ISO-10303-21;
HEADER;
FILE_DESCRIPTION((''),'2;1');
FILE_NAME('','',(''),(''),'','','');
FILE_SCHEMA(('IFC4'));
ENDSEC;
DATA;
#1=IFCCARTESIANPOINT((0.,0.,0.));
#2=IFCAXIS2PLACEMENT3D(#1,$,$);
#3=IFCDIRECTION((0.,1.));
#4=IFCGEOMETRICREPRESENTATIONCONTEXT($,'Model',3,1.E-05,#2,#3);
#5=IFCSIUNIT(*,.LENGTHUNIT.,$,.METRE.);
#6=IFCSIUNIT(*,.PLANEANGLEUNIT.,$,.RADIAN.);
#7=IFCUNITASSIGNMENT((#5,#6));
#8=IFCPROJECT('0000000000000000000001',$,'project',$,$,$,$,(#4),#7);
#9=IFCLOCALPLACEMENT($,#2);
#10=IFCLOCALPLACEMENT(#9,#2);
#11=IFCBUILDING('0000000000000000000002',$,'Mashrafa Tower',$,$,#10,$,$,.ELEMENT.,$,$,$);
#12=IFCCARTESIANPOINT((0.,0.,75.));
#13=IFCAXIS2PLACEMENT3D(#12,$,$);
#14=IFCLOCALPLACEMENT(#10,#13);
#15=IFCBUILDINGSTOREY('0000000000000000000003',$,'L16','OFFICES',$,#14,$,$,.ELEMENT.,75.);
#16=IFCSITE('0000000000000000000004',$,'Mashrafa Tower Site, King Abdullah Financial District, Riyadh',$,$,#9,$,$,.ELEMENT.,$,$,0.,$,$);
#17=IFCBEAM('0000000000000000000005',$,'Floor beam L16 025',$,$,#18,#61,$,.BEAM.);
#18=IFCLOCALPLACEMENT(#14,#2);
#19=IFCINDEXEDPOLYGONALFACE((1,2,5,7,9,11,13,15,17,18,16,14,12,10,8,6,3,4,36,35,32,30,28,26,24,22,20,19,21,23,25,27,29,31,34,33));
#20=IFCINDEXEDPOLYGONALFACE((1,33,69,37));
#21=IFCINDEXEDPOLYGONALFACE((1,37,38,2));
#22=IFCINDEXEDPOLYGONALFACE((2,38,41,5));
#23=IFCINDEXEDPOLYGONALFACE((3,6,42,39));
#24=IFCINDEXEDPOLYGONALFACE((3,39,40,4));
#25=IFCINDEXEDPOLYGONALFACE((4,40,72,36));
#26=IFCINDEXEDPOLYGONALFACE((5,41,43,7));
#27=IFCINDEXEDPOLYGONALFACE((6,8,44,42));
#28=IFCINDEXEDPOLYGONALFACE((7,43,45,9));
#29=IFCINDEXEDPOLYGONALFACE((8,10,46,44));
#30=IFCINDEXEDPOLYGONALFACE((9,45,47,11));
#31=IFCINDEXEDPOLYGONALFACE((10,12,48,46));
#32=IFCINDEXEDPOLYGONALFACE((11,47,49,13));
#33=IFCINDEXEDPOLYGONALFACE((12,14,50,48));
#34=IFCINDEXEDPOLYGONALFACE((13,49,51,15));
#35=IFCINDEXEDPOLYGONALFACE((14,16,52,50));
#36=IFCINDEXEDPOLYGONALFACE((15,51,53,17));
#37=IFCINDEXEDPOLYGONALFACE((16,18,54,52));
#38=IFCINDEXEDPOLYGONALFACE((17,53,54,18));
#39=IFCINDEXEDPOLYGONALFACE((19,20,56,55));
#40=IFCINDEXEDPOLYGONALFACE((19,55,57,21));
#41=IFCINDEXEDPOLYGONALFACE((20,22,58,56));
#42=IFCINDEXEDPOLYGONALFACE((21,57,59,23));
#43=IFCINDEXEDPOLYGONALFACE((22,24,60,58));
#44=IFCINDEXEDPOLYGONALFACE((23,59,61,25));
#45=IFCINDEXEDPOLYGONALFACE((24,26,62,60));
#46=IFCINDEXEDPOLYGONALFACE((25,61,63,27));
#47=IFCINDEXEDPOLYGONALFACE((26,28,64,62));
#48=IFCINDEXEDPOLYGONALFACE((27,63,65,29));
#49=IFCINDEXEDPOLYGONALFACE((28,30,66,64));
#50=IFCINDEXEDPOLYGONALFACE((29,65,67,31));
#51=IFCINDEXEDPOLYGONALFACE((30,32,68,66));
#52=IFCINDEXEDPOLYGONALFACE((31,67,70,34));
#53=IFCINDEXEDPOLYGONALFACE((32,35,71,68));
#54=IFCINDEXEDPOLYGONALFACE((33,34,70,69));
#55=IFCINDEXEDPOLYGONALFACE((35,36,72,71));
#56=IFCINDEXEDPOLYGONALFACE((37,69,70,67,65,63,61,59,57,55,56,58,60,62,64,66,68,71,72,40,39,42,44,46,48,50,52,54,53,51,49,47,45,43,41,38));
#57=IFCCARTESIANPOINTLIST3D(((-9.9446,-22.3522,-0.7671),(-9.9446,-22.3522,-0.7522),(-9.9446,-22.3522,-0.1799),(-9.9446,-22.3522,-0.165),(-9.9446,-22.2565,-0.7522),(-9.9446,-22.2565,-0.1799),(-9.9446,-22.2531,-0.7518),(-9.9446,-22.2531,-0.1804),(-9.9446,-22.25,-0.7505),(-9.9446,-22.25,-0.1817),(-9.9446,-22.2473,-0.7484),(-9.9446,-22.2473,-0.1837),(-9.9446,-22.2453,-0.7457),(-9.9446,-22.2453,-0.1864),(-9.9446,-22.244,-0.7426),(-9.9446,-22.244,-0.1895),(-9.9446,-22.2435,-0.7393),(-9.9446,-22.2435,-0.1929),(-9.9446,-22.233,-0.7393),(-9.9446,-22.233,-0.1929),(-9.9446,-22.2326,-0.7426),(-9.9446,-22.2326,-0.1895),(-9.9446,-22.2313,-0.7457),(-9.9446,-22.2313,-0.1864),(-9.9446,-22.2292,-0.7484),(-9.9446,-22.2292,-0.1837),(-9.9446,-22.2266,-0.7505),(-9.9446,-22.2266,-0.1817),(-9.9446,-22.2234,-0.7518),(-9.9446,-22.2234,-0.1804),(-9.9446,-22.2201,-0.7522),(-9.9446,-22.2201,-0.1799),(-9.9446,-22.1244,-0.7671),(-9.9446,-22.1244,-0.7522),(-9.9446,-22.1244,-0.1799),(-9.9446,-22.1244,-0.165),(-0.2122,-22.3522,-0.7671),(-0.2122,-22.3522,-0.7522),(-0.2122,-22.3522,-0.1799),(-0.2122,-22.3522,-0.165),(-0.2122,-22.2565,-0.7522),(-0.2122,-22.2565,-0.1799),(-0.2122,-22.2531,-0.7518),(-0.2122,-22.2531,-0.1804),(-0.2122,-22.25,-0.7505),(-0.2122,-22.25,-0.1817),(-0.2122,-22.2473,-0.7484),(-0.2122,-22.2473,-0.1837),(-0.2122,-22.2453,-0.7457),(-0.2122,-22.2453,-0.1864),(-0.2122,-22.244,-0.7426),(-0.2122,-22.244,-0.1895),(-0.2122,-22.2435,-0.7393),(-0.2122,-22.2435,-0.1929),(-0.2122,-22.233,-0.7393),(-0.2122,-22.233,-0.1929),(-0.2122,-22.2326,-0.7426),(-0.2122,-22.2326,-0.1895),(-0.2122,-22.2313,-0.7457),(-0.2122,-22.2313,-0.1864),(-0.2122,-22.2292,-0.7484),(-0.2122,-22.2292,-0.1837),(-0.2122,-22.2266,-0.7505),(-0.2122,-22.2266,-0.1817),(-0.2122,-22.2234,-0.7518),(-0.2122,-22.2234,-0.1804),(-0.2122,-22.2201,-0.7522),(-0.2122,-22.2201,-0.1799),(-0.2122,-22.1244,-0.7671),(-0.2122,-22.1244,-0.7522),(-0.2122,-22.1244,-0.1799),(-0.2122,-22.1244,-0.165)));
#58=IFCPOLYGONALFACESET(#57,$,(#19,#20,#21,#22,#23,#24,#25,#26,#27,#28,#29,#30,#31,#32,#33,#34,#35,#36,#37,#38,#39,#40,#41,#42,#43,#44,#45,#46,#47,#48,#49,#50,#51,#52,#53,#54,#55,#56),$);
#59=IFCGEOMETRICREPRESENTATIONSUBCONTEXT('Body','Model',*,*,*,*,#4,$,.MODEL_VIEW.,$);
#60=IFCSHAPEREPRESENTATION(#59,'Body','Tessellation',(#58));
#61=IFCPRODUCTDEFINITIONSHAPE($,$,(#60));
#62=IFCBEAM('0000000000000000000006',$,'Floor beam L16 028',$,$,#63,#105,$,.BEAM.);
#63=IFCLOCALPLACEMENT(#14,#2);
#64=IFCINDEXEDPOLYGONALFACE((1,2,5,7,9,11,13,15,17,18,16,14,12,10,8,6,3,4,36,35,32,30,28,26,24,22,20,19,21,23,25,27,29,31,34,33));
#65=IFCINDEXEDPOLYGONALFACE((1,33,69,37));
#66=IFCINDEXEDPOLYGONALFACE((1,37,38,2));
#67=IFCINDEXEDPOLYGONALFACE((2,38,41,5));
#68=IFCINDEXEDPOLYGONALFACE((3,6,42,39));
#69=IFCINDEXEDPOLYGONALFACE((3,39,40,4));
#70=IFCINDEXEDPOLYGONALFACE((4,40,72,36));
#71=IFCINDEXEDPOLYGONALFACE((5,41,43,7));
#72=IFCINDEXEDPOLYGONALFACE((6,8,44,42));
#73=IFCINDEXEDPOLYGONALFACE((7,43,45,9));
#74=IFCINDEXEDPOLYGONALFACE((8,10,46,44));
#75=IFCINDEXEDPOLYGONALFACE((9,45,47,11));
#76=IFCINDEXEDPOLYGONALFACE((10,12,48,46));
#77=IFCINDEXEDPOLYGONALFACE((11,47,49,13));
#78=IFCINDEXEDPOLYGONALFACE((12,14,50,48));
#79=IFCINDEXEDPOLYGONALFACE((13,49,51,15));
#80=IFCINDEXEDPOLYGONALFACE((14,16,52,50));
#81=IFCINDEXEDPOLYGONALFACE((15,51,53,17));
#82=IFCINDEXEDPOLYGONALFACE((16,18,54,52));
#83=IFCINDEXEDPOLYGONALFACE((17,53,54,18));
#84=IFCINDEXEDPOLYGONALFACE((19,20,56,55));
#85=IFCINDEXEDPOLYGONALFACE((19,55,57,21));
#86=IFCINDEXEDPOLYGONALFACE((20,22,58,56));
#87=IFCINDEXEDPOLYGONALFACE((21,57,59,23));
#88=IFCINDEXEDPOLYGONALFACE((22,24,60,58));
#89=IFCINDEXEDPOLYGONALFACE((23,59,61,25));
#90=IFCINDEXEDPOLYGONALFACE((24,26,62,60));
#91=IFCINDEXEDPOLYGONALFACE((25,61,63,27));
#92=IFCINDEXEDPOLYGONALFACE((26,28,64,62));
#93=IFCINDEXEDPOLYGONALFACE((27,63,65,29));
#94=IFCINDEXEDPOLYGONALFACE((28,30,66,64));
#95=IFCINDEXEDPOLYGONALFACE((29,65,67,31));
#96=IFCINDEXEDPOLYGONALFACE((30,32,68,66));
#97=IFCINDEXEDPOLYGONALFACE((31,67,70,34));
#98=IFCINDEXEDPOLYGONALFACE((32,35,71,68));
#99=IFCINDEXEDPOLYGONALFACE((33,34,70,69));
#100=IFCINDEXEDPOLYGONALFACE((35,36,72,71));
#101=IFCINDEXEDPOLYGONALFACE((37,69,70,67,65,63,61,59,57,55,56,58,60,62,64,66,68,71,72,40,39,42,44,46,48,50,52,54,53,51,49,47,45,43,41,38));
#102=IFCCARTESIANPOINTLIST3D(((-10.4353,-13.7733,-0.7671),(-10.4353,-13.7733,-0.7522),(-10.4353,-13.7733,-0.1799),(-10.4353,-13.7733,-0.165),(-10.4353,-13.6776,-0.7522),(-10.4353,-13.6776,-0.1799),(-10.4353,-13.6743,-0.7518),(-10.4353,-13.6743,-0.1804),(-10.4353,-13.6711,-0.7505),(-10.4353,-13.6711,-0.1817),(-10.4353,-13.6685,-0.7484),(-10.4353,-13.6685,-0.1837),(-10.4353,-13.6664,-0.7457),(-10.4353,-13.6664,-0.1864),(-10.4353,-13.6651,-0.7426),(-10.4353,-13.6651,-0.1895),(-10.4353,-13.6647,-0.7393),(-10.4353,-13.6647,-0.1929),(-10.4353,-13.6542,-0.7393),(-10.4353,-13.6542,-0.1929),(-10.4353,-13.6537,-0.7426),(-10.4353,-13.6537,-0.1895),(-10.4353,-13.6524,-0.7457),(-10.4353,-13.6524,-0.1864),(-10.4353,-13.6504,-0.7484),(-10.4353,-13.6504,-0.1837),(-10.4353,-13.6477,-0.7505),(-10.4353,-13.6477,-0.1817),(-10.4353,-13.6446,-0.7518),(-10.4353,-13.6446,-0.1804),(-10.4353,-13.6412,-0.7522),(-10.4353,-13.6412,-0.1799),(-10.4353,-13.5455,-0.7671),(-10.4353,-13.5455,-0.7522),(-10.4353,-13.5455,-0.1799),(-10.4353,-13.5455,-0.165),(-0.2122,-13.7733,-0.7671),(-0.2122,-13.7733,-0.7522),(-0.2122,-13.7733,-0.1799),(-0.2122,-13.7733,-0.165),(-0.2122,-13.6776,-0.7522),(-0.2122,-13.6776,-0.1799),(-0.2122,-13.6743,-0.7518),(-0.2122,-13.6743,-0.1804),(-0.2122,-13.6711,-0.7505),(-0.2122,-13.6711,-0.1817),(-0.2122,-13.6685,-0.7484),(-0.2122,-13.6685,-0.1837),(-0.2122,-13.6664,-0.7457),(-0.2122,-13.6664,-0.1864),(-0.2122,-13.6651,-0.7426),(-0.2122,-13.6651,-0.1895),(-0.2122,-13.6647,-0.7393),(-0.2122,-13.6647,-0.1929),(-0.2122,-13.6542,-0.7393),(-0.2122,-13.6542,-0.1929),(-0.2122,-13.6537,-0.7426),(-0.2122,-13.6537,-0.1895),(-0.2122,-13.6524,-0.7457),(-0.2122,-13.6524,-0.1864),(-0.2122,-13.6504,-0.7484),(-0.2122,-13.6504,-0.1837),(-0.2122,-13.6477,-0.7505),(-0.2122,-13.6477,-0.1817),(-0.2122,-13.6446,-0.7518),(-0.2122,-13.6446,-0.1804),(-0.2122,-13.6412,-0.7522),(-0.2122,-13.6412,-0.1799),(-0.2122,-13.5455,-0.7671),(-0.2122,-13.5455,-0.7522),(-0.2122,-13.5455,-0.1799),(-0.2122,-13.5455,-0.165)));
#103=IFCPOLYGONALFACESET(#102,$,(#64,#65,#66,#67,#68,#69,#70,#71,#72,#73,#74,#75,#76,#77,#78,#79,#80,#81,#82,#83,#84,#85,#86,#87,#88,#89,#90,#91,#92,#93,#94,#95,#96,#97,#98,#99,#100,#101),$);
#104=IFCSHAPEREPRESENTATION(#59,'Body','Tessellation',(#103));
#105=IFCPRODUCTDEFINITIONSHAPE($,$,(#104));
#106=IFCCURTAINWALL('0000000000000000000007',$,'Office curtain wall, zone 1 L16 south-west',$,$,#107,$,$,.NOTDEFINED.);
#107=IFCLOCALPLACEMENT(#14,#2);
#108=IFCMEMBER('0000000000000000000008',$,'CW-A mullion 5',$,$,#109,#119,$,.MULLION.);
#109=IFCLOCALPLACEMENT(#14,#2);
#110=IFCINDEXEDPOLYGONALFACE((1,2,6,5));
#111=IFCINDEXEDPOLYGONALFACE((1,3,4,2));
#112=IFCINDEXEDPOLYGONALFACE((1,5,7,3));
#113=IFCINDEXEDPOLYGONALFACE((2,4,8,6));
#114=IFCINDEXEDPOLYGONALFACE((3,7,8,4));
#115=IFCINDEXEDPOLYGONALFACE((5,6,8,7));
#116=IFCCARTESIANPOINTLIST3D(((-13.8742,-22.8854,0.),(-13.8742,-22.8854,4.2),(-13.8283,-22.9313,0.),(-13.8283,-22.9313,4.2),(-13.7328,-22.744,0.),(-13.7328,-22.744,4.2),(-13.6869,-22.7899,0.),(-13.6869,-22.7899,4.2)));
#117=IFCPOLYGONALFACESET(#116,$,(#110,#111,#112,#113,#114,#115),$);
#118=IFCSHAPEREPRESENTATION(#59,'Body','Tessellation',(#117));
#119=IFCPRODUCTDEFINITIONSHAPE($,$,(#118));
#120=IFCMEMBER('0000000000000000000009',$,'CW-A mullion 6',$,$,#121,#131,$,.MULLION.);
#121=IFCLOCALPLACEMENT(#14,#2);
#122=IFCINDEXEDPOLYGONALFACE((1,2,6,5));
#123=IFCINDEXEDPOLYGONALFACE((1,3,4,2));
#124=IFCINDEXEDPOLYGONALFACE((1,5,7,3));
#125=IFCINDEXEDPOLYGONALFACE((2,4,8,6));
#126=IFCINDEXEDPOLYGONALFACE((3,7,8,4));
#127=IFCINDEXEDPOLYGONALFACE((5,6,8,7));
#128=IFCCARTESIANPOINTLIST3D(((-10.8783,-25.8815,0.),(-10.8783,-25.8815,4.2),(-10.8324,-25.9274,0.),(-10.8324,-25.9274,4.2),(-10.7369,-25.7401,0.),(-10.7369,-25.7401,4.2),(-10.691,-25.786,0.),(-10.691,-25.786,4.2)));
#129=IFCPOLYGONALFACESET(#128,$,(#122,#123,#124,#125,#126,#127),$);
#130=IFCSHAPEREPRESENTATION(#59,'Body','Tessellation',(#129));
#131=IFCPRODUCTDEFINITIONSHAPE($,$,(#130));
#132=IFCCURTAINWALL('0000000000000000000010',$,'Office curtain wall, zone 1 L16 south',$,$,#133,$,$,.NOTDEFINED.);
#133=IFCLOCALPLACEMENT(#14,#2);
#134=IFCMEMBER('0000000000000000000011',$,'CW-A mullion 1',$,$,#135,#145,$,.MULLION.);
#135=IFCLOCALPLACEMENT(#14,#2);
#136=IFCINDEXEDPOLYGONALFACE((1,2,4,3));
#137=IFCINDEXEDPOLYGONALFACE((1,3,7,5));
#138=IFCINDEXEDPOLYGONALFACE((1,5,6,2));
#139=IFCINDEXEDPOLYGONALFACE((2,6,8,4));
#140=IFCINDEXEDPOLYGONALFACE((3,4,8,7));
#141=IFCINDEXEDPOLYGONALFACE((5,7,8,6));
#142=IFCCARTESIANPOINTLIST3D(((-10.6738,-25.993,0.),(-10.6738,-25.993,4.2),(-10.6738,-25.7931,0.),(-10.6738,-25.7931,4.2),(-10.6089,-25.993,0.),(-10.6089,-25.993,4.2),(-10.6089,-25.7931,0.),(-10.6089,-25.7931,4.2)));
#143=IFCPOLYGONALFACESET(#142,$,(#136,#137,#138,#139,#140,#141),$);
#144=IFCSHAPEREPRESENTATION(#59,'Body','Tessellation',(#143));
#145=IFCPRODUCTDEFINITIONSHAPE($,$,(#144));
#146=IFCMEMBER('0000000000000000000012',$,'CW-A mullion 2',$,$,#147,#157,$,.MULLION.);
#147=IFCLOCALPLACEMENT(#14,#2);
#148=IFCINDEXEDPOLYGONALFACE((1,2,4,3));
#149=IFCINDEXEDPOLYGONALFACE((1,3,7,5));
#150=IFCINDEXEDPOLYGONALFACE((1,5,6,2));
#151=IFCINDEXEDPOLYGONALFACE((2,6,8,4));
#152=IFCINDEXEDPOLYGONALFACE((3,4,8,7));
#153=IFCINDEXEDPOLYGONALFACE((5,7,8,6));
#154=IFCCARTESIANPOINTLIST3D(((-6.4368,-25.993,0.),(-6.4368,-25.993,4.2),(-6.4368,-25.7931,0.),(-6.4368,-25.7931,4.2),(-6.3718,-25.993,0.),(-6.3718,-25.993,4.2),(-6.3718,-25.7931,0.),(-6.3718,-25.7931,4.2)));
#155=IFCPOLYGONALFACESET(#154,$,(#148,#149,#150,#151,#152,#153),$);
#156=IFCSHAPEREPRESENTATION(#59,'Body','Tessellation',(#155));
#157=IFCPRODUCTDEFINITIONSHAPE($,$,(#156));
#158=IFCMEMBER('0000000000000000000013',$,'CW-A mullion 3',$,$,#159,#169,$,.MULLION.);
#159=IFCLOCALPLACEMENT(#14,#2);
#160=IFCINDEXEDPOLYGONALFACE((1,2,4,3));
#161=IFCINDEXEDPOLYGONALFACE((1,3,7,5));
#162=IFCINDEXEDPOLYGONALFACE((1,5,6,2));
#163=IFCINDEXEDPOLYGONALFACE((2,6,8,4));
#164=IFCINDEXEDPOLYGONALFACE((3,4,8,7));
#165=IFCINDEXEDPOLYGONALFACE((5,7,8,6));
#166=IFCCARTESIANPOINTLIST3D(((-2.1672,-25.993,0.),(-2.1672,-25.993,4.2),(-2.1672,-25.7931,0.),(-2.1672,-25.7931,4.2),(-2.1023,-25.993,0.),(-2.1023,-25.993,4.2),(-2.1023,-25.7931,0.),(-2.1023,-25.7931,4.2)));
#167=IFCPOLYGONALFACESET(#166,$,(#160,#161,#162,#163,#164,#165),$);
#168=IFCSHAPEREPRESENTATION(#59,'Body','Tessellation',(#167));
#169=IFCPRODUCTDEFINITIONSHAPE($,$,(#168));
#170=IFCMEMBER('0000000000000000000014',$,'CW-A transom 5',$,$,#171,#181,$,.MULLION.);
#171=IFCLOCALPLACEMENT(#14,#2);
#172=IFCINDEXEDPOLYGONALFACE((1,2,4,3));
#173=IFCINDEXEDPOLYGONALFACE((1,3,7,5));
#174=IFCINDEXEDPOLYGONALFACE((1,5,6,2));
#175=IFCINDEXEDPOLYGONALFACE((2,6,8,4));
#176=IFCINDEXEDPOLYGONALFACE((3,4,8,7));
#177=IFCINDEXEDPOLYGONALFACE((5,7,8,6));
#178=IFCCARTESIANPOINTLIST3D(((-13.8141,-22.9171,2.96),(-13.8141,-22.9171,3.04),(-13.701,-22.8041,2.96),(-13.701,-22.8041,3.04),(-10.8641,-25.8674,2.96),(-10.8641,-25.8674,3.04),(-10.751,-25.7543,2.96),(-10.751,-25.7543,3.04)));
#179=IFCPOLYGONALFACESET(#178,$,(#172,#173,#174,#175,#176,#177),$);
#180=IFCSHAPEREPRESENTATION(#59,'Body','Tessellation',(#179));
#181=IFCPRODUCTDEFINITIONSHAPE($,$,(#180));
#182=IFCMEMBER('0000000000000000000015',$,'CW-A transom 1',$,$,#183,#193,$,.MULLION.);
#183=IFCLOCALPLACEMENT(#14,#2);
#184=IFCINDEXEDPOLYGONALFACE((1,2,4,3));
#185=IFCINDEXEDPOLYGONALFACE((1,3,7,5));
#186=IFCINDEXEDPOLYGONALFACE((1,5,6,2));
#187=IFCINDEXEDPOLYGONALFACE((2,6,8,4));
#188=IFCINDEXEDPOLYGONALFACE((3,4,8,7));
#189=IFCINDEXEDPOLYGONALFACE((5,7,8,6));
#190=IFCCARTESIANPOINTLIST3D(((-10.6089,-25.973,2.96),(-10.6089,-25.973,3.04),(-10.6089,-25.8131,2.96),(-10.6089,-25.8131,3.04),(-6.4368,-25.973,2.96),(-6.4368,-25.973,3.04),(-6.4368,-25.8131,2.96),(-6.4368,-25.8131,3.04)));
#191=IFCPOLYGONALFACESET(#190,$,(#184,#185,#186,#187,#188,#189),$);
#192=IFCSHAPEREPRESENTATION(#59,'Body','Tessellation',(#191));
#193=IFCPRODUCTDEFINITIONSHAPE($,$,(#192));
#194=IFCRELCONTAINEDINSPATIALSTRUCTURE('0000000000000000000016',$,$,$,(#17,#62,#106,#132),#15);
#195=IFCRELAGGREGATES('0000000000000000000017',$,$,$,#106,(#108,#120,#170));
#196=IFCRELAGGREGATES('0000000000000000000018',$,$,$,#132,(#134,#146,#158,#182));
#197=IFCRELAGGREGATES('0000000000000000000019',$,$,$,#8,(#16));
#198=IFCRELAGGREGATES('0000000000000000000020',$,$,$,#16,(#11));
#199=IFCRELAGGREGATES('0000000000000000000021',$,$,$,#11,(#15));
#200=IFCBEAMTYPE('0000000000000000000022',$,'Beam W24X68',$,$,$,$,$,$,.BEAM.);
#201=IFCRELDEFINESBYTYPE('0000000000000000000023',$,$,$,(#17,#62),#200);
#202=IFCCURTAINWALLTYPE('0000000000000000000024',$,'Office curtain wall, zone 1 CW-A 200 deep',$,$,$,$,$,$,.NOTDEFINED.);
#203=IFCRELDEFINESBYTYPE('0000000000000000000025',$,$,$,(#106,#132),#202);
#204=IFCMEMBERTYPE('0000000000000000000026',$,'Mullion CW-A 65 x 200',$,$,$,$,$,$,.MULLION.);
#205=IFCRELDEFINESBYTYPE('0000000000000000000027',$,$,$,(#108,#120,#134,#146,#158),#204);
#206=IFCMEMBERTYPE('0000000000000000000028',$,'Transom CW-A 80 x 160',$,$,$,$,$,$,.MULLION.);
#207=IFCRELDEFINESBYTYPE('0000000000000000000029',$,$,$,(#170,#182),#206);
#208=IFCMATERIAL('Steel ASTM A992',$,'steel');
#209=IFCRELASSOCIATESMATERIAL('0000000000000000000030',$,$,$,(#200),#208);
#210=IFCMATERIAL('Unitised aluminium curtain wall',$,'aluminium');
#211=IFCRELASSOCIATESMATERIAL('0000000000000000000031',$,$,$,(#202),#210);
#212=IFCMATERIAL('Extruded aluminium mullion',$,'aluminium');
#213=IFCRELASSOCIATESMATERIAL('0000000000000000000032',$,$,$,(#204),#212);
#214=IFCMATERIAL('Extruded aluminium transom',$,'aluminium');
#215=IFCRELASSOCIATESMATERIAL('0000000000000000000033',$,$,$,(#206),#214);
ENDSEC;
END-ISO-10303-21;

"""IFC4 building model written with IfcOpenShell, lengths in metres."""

from ifc_helpers import new_model, si_unit, direction, frame, origin, origin_2d, place, context, subcontext, project, spatial, rectangle, i_section, extrude, source, transform, mapped, material, material_profile, profile_set, type_object, type_shapes, element, aggregate, save


model = new_model("IFC4")

# Units and contexts
model_context = context("Model", 3, precision=1e-05, world=origin(), true_north=direction((0.0, 1.0)))
body_context = subcontext(model_context, "Body", "Model", "MODEL_VIEW")
ifc_project = project(units=[si_unit("LENGTHUNIT", "METRE"), si_unit("PLANEANGLEUNIT", "RADIAN")], contexts=[model_context])

# Site, building, storey
site_placement = place(None, origin())
site = spatial("IfcSite", under=ifc_project, at=site_placement, Name="Mashrafa Tower Site, King Abdullah Financial District, Riyadh", CompositionType="ELEMENT", RefElevation=0.0)
building_placement = place(site_placement, origin())
building = spatial("IfcBuilding", under=site, at=building_placement, Name="Mashrafa Tower", CompositionType="ELEMENT")
storey_placement = place(building_placement, frame((0.0, 0.0, 75.0)))
storey = spatial("IfcBuildingStorey", under=building, at=storey_placement, Name="L16", Description="OFFICES", CompositionType="ELEMENT", Elevation=75.0)

# Beams
ifc_material_1 = material(Name="Steel ASTM A992", Category="steel")
ifc_material_profile_1 = material_profile(ifc_material_1, i_section(OverallWidth=0.2278, OverallDepth=0.6021, WebThickness=0.0105, FlangeThickness=0.0149, FilletRadius=0.0129, at=origin_2d()), Name="W24X68")
ifc_profile_set_1 = profile_set([ifc_material_profile_1], Name="Steel ASTM A992")
beam_type_1 = type_object("IfcBeamType", Name="Beam W24X68", PredefinedType="BEAM", material=ifc_profile_set_1)
beam_1_placement = place(storey_placement, frame((-0.2122, -22.2383, -0.4661), z_axis=(-1.0, 0.0, 0.0), x_axis=(0.0, -1.0, 0.0)))
element("IfcBeam", 1, at=beam_1_placement, inside=storey, type_object=beam_type_1, Name="Floor beam L16 025", PredefinedType="BEAM", context=body_context, shape_type="SweptSolid", body=[
    extrude(i_section(OverallWidth=0.2278, OverallDepth=0.6021, WebThickness=0.0105, FlangeThickness=0.0149, FilletRadius=0.0129, at=origin_2d()), origin(), (0.0, 0.0, 1.0), 9.7324),
])
beam_2_placement = place(storey_placement, frame((-0.2122, -13.6594, -0.4661), z_axis=(-1.0, 0.0, 0.0), x_axis=(0.0, -1.0, 0.0)))
element("IfcBeam", 2, at=beam_2_placement, inside=storey, type_object=beam_type_1, Name="Floor beam L16 028", PredefinedType="BEAM", context=body_context, shape_type="SweptSolid", body=[
    extrude(i_section(OverallWidth=0.2278, OverallDepth=0.6021, WebThickness=0.0105, FlangeThickness=0.0149, FilletRadius=0.0129, at=origin_2d()), origin(), (0.0, 0.0, 1.0), 10.2231),
])

# Curtain walls, members
ifc_material_2 = material(Name="Unitised aluminium curtain wall", Category="aluminium")
curtain_wall_type = type_object("IfcCurtainWallType", Name="Office curtain wall, zone 1 CW-A 200 deep", PredefinedType="NOTDEFINED", material=ifc_material_2)
curtain_wall_1_placement = place(storey_placement, origin())
curtain_wall_1 = element("IfcCurtainWall", 3, at=curtain_wall_1_placement, inside=storey, type_object=curtain_wall_type, Name="Office curtain wall, zone 1 L16 south-west", PredefinedType="NOTDEFINED")
ifc_material_3 = material(Name="Extruded aluminium mullion", Category="aluminium")
ifc_material_profile_2 = material_profile(ifc_material_3, rectangle(XDim=0.2, YDim=0.0649, at=origin_2d()), Name="Mullion 65x200")
ifc_profile_set_2 = profile_set([ifc_material_profile_2], Name="Extruded aluminium mullion")
member_type_1 = type_object("IfcMemberType", Name="Mullion CW-A 65 x 200", PredefinedType="MULLION", material=ifc_profile_set_2)
shared_shape_1 = source(origin(), body_context, "Body", "SweptSolid", [
    extrude(rectangle(XDim=0.2, YDim=0.0649, at=origin_2d()), origin(), (0.0, 0.0, 1.0), 4.2),
])
type_shapes(member_type_1, [shared_shape_1])
member_1_placement = place(storey_placement, frame((-13.7805, -22.8376, 0.0), z_axis=(0.0, 0.0, 1.0), x_axis=(0.707107, 0.707107, 0.0)))
member_1 = element("IfcMember", 4, at=member_1_placement, type_object=member_type_1, Name="CW-A mullion 5", PredefinedType="MULLION", context=body_context, shape_type="MappedRepresentation", body=[
    mapped(shared_shape_1, transform((0.0, 0.0, 0.0))),
])
member_2_placement = place(storey_placement, frame((-10.7847, -25.8337, 0.0), z_axis=(0.0, 0.0, 1.0), x_axis=(0.707107, 0.707107, 0.0)))
member_2 = element("IfcMember", 5, at=member_2_placement, type_object=member_type_1, Name="CW-A mullion 6", PredefinedType="MULLION", context=body_context, shape_type="MappedRepresentation", body=[
    mapped(shared_shape_1, transform((0.0, 0.0, 0.0))),
])
curtain_wall_2_placement = place(storey_placement, origin())
curtain_wall_2 = element("IfcCurtainWall", 6, at=curtain_wall_2_placement, inside=storey, type_object=curtain_wall_type, Name="Office curtain wall, zone 1 L16 south", PredefinedType="NOTDEFINED")
member_3_placement = place(storey_placement, frame((-10.6414, -25.8931, 0.0), z_axis=(0.0, 0.0, 1.0), x_axis=(0.0, 1.0, 0.0)))
member_3 = element("IfcMember", 7, at=member_3_placement, type_object=member_type_1, Name="CW-A mullion 1", PredefinedType="MULLION", context=body_context, shape_type="MappedRepresentation", body=[
    mapped(shared_shape_1, transform((0.0, 0.0, 0.0))),
])
member_4_placement = place(storey_placement, frame((-6.4043, -25.8931, 0.0), z_axis=(0.0, 0.0, 1.0), x_axis=(0.0, 1.0, 0.0)))
member_4 = element("IfcMember", 8, at=member_4_placement, type_object=member_type_1, Name="CW-A mullion 2", PredefinedType="MULLION", context=body_context, shape_type="MappedRepresentation", body=[
    mapped(shared_shape_1, transform((0.0, 0.0, 0.0))),
])
member_5_placement = place(storey_placement, frame((-2.1348, -25.8931, 0.0), z_axis=(0.0, 0.0, 1.0), x_axis=(0.0, 1.0, 0.0)))
member_5 = element("IfcMember", 9, at=member_5_placement, type_object=member_type_1, Name="CW-A mullion 3", PredefinedType="MULLION", context=body_context, shape_type="MappedRepresentation", body=[
    mapped(shared_shape_1, transform((0.0, 0.0, 0.0))),
])

# Members
ifc_material_4 = material(Name="Extruded aluminium transom", Category="aluminium")
ifc_material_profile_3 = material_profile(ifc_material_4, rectangle(XDim=0.1599, YDim=0.0801, at=origin_2d()), Name="Transom 80x160")
ifc_profile_set_3 = profile_set([ifc_material_profile_3], Name="Extruded aluminium transom")
member_type_2 = type_object("IfcMemberType", Name="Transom CW-A 80 x 160", PredefinedType="MULLION", material=ifc_profile_set_3)
shared_shape_2 = source(origin(), body_context, "Body", "SweptSolid", [
    extrude(rectangle(XDim=0.1599, YDim=0.0801, at=origin_2d()), origin(), (0.0, 0.0, 1.0), 4.1721),
])
member_6_placement = place(storey_placement, frame((-13.7576, -22.8606, 3.0), z_axis=(0.707078, -0.707136, 0.0), x_axis=(0.707136, 0.707078, 0.0)))
member_6 = element("IfcMember", 10, at=member_6_placement, type_object=member_type_2, Name="CW-A transom 5", PredefinedType="MULLION", context=body_context, shape_type="MappedRepresentation", body=[
    mapped(shared_shape_2, transform((0.0, 0.0, 0.0))),
])
member_7_placement = place(storey_placement, frame((-10.6089, -25.8931, 3.0), z_axis=(1.0, 0.0, 0.0), x_axis=(0.0, 1.0, 0.0)))
member_7 = element("IfcMember", 11, at=member_7_placement, type_object=member_type_2, Name="CW-A transom 1", PredefinedType="MULLION", context=body_context, shape_type="MappedRepresentation", body=[
    mapped(shared_shape_2, transform((0.0, 0.0, 0.0))),
])

aggregate(curtain_wall_1, [member_1, member_2, member_6])
aggregate(curtain_wall_2, [member_3, member_4, member_5, member_7])

save(model, "model.ifc")
